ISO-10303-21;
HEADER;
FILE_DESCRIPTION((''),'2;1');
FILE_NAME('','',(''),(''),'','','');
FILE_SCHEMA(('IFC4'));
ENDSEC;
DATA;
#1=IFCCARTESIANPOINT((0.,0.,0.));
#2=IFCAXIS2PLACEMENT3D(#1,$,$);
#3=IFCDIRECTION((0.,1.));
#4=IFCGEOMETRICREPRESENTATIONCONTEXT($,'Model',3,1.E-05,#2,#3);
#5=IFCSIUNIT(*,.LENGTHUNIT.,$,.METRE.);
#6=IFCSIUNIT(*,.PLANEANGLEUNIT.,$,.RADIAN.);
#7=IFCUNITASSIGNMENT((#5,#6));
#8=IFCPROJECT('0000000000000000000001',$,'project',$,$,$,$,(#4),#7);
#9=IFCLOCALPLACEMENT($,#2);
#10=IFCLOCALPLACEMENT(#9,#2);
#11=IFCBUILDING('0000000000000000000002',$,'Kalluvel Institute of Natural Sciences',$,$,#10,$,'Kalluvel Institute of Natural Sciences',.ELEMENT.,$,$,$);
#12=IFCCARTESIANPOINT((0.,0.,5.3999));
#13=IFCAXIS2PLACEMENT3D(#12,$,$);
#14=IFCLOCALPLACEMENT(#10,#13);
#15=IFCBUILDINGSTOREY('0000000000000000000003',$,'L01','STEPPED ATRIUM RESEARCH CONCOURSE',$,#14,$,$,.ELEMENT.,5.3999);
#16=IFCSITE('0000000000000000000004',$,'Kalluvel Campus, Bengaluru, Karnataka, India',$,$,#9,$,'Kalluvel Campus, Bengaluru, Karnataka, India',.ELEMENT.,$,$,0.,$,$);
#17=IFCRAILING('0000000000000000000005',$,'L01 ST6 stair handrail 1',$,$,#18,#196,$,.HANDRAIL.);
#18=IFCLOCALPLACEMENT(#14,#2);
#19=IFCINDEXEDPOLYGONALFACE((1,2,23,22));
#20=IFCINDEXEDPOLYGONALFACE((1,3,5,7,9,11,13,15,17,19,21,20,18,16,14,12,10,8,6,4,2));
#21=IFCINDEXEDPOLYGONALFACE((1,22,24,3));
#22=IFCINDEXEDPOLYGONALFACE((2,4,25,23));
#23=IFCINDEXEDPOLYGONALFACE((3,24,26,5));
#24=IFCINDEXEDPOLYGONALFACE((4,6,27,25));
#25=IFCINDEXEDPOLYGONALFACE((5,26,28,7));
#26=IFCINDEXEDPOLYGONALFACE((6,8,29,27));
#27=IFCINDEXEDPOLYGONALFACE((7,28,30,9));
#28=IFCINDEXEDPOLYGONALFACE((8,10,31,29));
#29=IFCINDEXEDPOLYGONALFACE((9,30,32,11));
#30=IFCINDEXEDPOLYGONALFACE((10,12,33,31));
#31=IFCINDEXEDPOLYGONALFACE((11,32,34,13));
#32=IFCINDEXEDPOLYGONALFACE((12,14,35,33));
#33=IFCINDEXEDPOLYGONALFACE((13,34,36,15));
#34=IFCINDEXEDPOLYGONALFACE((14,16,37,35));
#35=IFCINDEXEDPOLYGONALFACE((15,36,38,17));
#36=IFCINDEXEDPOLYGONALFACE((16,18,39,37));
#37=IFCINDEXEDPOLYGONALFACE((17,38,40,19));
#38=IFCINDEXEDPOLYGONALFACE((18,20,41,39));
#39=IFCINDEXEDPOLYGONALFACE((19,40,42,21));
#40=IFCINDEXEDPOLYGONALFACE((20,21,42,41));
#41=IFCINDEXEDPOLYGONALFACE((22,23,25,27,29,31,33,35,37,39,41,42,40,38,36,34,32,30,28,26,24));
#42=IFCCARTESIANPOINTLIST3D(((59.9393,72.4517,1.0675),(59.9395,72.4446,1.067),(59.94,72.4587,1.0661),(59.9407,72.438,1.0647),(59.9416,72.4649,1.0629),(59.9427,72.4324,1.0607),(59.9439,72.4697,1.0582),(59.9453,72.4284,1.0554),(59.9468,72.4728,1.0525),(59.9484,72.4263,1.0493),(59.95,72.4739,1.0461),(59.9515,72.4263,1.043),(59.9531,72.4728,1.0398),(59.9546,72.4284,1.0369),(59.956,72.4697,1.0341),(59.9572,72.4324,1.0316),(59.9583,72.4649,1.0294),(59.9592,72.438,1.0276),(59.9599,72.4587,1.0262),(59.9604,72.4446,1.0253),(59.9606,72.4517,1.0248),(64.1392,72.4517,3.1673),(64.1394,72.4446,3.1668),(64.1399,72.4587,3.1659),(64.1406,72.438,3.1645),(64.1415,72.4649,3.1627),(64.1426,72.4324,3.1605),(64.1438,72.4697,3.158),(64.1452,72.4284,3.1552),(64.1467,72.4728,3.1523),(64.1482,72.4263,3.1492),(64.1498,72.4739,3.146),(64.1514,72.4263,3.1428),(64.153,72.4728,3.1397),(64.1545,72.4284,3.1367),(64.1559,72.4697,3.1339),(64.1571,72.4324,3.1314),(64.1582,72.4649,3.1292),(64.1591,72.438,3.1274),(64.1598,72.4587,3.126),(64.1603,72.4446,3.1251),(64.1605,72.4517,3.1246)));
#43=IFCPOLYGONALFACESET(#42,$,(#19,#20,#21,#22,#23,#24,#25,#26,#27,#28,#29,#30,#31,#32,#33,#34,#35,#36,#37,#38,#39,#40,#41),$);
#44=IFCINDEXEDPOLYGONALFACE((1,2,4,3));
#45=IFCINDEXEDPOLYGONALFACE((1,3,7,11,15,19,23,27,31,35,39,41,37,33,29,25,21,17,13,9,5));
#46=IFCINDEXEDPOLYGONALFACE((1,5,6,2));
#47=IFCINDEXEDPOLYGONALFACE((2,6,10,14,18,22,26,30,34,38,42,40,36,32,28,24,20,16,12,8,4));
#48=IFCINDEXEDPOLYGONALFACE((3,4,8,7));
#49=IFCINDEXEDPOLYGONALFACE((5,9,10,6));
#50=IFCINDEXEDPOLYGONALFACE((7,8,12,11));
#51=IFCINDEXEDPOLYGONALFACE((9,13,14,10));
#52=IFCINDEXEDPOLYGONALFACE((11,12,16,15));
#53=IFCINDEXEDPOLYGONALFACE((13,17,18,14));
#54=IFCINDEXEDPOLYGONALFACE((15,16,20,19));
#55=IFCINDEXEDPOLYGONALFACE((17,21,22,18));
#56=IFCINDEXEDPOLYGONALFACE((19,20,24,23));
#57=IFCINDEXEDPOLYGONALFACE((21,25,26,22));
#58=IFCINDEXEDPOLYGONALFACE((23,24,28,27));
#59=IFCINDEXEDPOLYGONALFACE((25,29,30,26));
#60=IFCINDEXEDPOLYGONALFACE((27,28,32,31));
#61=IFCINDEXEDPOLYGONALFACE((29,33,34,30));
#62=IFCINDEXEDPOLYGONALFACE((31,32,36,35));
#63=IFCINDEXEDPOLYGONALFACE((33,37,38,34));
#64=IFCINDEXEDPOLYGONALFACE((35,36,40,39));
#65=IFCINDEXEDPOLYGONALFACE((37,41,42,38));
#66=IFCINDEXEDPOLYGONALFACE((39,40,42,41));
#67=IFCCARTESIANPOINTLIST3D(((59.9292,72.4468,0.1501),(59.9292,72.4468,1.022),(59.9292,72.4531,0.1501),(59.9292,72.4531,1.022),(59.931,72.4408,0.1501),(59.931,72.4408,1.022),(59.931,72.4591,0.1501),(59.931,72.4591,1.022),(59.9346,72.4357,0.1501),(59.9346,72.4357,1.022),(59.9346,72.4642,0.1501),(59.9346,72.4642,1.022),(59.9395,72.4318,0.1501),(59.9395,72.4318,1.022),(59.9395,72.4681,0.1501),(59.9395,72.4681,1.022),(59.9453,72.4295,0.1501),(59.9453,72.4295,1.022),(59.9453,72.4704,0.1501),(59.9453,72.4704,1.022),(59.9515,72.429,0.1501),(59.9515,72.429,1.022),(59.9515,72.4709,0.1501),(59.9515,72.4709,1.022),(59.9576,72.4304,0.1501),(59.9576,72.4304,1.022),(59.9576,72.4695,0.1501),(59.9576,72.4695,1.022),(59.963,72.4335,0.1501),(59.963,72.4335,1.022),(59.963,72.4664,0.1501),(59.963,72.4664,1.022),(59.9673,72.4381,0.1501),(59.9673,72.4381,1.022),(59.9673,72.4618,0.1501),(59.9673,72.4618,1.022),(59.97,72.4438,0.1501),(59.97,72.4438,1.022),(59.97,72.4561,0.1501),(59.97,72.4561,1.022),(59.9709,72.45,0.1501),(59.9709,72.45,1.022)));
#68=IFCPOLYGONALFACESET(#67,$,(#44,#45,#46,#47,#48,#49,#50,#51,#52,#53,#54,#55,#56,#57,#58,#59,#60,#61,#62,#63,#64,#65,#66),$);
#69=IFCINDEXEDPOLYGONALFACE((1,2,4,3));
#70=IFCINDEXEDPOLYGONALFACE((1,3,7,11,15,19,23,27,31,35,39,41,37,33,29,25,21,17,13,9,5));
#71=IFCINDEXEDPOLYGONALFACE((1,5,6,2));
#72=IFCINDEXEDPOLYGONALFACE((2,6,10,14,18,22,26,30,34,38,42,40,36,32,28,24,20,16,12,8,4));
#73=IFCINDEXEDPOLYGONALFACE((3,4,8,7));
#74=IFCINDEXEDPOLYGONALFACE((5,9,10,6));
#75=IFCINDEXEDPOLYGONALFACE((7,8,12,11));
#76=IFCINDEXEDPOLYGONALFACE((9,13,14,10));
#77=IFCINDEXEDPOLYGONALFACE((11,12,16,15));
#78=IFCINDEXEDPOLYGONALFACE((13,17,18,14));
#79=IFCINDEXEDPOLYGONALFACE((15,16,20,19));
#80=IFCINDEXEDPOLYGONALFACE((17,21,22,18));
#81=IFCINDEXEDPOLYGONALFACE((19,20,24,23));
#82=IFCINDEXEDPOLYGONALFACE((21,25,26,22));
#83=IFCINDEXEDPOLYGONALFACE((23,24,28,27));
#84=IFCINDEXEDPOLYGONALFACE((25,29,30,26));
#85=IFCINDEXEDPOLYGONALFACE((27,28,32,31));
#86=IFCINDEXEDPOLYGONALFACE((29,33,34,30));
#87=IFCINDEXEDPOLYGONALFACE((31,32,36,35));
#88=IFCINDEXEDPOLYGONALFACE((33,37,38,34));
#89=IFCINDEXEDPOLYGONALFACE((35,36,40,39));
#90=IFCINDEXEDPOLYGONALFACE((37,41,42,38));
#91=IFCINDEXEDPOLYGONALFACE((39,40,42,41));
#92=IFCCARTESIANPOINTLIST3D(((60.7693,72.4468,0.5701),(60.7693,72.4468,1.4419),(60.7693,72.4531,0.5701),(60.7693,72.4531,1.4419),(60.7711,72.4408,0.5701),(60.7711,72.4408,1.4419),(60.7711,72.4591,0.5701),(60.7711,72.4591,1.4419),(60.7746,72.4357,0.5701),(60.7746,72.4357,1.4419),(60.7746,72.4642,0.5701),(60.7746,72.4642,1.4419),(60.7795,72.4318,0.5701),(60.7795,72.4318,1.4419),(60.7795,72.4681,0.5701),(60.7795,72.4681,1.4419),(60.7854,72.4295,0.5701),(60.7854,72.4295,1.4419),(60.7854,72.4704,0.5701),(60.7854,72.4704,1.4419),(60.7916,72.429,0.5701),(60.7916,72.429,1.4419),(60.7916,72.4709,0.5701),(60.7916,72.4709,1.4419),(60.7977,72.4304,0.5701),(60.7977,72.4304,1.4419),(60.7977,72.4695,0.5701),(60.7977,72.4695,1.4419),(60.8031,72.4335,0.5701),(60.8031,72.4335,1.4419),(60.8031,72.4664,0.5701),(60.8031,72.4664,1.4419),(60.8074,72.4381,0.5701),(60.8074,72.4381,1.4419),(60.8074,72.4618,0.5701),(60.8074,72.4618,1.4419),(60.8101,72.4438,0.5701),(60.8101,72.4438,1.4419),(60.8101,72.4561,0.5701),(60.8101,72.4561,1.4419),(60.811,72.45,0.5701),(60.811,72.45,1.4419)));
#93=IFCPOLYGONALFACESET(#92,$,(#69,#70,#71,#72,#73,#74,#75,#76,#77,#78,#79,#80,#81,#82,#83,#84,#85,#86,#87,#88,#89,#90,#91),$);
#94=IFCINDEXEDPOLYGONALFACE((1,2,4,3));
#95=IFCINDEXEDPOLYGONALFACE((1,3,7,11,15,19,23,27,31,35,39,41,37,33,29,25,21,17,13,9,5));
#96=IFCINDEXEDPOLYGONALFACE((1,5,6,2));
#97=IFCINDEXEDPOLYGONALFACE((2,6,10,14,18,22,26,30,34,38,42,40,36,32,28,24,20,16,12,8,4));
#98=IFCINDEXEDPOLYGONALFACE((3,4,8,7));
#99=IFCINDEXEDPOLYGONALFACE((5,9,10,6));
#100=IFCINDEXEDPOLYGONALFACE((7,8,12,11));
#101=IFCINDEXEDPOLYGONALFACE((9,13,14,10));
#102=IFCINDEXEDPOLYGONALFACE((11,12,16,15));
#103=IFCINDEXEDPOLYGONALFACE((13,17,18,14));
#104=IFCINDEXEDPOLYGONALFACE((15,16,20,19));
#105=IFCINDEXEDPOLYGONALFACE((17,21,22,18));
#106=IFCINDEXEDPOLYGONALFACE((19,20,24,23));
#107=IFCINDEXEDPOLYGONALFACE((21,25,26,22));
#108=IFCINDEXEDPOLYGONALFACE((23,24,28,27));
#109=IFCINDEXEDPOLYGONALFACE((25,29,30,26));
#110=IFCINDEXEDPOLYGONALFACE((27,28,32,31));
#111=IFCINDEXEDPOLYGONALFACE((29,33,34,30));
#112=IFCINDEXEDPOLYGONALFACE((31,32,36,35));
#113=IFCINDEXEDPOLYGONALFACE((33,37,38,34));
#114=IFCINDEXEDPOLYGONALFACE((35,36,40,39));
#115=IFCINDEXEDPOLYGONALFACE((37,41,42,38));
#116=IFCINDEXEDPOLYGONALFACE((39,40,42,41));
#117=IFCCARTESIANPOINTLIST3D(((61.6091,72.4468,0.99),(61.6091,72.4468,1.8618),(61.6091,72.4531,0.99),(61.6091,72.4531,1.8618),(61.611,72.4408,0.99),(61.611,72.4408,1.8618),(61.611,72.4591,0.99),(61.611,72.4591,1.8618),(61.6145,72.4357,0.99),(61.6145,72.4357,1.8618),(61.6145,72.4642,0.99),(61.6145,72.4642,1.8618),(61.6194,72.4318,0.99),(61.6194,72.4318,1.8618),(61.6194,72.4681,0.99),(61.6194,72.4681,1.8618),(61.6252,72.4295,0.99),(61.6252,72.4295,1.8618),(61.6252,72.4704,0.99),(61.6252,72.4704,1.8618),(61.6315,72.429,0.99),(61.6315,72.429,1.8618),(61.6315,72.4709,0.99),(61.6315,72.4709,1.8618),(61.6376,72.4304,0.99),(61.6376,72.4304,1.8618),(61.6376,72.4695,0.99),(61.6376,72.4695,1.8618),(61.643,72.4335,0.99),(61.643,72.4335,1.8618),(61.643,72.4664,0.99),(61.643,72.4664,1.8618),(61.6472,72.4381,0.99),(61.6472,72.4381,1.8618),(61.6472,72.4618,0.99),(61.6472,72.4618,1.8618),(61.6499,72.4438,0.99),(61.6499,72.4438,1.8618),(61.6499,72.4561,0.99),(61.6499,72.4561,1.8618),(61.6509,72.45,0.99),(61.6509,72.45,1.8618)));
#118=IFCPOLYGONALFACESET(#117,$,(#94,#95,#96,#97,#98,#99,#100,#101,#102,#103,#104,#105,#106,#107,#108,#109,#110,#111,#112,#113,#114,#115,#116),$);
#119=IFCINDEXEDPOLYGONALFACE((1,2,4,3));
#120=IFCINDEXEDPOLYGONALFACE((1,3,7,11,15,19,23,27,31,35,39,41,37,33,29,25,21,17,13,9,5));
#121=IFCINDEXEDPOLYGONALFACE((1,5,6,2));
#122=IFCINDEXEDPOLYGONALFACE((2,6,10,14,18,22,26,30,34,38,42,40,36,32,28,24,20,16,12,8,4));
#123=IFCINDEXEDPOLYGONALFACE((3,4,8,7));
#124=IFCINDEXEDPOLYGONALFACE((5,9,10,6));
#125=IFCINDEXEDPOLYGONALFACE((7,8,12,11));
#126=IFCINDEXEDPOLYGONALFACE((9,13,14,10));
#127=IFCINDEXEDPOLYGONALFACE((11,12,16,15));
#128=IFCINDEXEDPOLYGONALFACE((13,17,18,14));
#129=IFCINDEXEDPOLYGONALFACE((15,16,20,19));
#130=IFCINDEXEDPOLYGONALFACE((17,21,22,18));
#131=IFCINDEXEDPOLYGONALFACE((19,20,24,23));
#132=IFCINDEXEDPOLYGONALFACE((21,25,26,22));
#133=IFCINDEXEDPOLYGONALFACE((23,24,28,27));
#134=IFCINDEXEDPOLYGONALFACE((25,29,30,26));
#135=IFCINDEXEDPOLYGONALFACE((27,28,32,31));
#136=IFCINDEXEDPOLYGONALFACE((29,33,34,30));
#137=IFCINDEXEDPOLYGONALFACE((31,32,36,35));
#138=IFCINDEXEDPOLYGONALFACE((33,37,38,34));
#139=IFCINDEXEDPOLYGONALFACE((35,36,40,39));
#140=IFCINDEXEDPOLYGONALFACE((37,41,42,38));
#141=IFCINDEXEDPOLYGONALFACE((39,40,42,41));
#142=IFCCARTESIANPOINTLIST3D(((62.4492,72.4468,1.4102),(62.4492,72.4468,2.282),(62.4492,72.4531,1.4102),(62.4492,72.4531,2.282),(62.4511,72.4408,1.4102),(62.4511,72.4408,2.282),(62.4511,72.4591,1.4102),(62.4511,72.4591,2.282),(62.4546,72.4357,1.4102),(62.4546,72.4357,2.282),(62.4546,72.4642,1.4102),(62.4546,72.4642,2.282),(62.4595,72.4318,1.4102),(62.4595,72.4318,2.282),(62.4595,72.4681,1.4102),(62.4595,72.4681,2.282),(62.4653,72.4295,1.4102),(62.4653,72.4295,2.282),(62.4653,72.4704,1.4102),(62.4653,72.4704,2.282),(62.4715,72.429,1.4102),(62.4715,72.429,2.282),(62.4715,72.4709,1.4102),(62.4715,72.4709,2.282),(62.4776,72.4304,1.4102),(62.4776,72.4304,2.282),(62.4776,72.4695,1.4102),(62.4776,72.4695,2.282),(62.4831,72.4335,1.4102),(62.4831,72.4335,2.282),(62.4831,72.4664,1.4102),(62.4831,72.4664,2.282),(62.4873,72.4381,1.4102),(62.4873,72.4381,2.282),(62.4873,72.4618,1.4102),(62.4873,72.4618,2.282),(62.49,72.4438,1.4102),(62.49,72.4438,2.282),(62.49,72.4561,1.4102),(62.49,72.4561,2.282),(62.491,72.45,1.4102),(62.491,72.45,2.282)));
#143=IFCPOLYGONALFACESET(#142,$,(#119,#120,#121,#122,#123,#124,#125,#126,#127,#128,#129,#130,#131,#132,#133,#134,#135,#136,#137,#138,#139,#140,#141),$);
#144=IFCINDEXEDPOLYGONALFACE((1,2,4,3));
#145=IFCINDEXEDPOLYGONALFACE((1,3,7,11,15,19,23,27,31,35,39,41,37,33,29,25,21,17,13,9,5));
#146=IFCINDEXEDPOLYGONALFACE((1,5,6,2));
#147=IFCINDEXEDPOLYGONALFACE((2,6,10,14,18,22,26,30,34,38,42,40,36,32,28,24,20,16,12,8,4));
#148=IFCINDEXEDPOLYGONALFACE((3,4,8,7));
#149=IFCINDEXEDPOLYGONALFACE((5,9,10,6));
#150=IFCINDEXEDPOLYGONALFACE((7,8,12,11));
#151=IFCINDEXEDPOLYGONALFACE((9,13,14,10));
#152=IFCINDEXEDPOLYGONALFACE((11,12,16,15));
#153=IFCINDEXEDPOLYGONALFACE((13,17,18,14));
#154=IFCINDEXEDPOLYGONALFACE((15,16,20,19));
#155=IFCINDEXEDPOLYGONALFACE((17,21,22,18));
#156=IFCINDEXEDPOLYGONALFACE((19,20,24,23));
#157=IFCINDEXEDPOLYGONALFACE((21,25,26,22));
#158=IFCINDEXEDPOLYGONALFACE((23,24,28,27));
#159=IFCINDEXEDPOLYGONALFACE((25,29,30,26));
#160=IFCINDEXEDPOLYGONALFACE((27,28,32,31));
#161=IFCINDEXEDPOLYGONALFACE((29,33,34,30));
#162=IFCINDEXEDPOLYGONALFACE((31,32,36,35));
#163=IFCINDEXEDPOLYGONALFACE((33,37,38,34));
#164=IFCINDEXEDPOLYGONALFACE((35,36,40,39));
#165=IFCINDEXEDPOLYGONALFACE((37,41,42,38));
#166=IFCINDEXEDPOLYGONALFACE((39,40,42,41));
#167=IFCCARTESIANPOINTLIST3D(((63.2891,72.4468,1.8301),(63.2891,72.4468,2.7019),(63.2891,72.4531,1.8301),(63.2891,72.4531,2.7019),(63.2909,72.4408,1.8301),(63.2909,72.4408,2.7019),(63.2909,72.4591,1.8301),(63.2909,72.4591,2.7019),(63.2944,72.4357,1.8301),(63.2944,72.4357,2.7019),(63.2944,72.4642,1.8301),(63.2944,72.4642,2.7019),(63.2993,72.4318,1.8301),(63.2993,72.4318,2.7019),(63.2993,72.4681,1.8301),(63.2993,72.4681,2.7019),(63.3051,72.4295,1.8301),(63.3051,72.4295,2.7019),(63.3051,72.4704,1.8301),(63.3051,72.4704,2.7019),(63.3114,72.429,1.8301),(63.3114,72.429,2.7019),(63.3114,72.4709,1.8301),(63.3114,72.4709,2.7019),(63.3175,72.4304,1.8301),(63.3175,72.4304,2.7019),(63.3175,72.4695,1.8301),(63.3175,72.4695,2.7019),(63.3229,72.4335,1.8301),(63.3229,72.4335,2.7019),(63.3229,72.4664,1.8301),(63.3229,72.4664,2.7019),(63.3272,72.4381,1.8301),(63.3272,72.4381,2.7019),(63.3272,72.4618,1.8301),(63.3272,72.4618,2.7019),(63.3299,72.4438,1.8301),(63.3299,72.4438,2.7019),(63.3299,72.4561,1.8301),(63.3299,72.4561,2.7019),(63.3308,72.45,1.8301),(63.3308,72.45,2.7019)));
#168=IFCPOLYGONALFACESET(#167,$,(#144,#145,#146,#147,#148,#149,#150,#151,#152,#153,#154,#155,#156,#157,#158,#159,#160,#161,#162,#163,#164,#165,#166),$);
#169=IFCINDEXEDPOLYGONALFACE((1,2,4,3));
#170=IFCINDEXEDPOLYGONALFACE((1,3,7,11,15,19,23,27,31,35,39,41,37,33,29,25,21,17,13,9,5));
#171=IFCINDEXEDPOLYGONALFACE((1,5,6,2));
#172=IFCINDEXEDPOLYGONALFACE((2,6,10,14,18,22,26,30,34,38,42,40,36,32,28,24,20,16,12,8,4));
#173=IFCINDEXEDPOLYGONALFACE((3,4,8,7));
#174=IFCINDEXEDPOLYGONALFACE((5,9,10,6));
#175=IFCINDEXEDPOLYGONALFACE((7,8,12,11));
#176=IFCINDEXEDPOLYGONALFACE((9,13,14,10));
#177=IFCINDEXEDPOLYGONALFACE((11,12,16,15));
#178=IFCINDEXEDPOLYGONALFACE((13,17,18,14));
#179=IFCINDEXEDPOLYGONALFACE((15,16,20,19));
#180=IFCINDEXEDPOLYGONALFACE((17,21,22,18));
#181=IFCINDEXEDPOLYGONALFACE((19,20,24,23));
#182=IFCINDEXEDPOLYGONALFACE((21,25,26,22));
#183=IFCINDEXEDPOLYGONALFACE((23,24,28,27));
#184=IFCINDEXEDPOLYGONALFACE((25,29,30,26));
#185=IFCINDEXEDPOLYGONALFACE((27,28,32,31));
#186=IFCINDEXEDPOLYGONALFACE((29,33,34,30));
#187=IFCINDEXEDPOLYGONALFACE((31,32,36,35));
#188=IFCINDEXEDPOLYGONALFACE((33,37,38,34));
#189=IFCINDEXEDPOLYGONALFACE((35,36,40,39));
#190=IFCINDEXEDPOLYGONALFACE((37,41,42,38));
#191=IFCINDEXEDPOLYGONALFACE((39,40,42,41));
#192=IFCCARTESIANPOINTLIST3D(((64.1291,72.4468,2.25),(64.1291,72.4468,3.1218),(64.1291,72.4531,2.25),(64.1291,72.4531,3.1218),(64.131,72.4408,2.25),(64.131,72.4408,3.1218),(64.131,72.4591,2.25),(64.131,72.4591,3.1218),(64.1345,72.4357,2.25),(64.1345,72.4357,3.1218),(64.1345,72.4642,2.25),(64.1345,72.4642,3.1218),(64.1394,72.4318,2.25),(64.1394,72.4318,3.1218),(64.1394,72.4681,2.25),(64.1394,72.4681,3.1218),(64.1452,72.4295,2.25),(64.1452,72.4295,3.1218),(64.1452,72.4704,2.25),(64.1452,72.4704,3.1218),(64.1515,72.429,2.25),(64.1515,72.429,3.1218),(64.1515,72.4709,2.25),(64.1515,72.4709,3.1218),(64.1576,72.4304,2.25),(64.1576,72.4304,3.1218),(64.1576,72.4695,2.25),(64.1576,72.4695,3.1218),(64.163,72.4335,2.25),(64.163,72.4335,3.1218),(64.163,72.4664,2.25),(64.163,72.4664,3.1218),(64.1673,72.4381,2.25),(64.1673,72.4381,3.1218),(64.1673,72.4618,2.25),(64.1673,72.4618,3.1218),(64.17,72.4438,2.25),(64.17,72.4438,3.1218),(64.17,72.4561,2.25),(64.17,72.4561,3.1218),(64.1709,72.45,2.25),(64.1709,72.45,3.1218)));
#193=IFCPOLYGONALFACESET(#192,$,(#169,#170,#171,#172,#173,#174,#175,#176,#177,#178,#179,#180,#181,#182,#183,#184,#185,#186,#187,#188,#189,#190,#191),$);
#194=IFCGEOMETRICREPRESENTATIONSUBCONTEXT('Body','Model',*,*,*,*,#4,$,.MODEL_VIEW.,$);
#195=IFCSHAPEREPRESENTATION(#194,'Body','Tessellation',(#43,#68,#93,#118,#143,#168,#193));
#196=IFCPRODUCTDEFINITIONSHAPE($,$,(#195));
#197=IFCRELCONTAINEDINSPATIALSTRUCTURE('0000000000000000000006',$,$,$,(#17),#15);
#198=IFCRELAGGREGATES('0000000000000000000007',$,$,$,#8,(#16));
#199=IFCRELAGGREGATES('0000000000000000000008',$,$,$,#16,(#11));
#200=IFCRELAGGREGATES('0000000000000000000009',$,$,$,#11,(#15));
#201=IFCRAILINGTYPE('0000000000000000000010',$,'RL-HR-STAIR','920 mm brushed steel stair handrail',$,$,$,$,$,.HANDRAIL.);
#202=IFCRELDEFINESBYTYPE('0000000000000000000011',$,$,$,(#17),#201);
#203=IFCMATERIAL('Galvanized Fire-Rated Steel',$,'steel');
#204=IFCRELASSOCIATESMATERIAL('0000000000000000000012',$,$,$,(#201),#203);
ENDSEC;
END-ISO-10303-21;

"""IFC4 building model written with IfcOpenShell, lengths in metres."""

from ifc_helpers import new_model, si_unit, direction, frame, origin, origin_2d, place, context, subcontext, project, spatial, circle, extrude, material, type_object, element, save


model = new_model("IFC4")

# Units and contexts
model_context = context("Model", 3, precision=1e-05, world=origin(), true_north=direction((0.0, 1.0)))
body_context = subcontext(model_context, "Body", "Model", "MODEL_VIEW")
ifc_project = project(units=[si_unit("LENGTHUNIT", "METRE"), si_unit("PLANEANGLEUNIT", "RADIAN")], contexts=[model_context])

# Site, building, storey
site_placement = place(None, origin())
site = spatial("IfcSite", under=ifc_project, at=site_placement, Name="Kalluvel Campus, Bengaluru, Karnataka, India", LongName="Kalluvel Campus, Bengaluru, Karnataka, India", CompositionType="ELEMENT", RefElevation=0.0)
building_placement = place(site_placement, origin())
building = spatial("IfcBuilding", under=site, at=building_placement, Name="Kalluvel Institute of Natural Sciences", LongName="Kalluvel Institute of Natural Sciences", CompositionType="ELEMENT")
storey_placement = place(building_placement, frame((0.0, 0.0, 5.3999)))
storey = spatial("IfcBuildingStorey", under=building, at=storey_placement, Name="L01", Description="STEPPED ATRIUM RESEARCH CONCOURSE", CompositionType="ELEMENT", Elevation=5.3999)

# Railing
ifc_material_1 = material(Name="Galvanized Fire-Rated Steel", Category="steel")
railing_type_1 = type_object("IfcRailingType", Name="RL-HR-STAIR", Description="920 mm brushed steel stair handrail", PredefinedType="HANDRAIL", material=ifc_material_1)
railing_1_placement = place(storey_placement, frame((59.95, 72.45, 0.1501)))
element("IfcRailing", 1, at=railing_1_placement, inside=storey, type_object=railing_type_1, Name="L01 ST6 stair handrail 1", PredefinedType="HANDRAIL", context=body_context, shape_type="SweptSolid", body=[
    extrude(circle(Radius=0.0239, at=origin_2d()), frame((0.0, 0.0, 0.896), z_axis=(0.894438, 0.0, 0.447193), x_axis=(0.0, 1.0, 0.0)), (0.0, 0.0, 1.0), 4.6956),
    extrude(circle(Radius=0.021, at=origin_2d()), origin(), (0.0, 0.0, 1.0), 0.8718),
    extrude(circle(Radius=0.021, at=origin_2d()), frame((0.8401, 0.0, 0.4199)), (0.0, 0.0, 1.0), 0.8718),
    extrude(circle(Radius=0.021, at=origin_2d()), frame((1.6799, 0.0, 0.8398)), (0.0, 0.0, 1.0), 0.8718),
    extrude(circle(Radius=0.021, at=origin_2d()), frame((2.52, 0.0, 1.26)), (0.0, 0.0, 1.0), 0.8718),
    extrude(circle(Radius=0.021, at=origin_2d()), frame((3.3599, 0.0, 1.6799)), (0.0, 0.0, 1.0), 0.8718),
    extrude(circle(Radius=0.021, at=origin_2d()), frame((4.2, 0.0, 2.0999)), (0.0, 0.0, 1.0), 0.8718),
])

save(model, "model.ifc")
